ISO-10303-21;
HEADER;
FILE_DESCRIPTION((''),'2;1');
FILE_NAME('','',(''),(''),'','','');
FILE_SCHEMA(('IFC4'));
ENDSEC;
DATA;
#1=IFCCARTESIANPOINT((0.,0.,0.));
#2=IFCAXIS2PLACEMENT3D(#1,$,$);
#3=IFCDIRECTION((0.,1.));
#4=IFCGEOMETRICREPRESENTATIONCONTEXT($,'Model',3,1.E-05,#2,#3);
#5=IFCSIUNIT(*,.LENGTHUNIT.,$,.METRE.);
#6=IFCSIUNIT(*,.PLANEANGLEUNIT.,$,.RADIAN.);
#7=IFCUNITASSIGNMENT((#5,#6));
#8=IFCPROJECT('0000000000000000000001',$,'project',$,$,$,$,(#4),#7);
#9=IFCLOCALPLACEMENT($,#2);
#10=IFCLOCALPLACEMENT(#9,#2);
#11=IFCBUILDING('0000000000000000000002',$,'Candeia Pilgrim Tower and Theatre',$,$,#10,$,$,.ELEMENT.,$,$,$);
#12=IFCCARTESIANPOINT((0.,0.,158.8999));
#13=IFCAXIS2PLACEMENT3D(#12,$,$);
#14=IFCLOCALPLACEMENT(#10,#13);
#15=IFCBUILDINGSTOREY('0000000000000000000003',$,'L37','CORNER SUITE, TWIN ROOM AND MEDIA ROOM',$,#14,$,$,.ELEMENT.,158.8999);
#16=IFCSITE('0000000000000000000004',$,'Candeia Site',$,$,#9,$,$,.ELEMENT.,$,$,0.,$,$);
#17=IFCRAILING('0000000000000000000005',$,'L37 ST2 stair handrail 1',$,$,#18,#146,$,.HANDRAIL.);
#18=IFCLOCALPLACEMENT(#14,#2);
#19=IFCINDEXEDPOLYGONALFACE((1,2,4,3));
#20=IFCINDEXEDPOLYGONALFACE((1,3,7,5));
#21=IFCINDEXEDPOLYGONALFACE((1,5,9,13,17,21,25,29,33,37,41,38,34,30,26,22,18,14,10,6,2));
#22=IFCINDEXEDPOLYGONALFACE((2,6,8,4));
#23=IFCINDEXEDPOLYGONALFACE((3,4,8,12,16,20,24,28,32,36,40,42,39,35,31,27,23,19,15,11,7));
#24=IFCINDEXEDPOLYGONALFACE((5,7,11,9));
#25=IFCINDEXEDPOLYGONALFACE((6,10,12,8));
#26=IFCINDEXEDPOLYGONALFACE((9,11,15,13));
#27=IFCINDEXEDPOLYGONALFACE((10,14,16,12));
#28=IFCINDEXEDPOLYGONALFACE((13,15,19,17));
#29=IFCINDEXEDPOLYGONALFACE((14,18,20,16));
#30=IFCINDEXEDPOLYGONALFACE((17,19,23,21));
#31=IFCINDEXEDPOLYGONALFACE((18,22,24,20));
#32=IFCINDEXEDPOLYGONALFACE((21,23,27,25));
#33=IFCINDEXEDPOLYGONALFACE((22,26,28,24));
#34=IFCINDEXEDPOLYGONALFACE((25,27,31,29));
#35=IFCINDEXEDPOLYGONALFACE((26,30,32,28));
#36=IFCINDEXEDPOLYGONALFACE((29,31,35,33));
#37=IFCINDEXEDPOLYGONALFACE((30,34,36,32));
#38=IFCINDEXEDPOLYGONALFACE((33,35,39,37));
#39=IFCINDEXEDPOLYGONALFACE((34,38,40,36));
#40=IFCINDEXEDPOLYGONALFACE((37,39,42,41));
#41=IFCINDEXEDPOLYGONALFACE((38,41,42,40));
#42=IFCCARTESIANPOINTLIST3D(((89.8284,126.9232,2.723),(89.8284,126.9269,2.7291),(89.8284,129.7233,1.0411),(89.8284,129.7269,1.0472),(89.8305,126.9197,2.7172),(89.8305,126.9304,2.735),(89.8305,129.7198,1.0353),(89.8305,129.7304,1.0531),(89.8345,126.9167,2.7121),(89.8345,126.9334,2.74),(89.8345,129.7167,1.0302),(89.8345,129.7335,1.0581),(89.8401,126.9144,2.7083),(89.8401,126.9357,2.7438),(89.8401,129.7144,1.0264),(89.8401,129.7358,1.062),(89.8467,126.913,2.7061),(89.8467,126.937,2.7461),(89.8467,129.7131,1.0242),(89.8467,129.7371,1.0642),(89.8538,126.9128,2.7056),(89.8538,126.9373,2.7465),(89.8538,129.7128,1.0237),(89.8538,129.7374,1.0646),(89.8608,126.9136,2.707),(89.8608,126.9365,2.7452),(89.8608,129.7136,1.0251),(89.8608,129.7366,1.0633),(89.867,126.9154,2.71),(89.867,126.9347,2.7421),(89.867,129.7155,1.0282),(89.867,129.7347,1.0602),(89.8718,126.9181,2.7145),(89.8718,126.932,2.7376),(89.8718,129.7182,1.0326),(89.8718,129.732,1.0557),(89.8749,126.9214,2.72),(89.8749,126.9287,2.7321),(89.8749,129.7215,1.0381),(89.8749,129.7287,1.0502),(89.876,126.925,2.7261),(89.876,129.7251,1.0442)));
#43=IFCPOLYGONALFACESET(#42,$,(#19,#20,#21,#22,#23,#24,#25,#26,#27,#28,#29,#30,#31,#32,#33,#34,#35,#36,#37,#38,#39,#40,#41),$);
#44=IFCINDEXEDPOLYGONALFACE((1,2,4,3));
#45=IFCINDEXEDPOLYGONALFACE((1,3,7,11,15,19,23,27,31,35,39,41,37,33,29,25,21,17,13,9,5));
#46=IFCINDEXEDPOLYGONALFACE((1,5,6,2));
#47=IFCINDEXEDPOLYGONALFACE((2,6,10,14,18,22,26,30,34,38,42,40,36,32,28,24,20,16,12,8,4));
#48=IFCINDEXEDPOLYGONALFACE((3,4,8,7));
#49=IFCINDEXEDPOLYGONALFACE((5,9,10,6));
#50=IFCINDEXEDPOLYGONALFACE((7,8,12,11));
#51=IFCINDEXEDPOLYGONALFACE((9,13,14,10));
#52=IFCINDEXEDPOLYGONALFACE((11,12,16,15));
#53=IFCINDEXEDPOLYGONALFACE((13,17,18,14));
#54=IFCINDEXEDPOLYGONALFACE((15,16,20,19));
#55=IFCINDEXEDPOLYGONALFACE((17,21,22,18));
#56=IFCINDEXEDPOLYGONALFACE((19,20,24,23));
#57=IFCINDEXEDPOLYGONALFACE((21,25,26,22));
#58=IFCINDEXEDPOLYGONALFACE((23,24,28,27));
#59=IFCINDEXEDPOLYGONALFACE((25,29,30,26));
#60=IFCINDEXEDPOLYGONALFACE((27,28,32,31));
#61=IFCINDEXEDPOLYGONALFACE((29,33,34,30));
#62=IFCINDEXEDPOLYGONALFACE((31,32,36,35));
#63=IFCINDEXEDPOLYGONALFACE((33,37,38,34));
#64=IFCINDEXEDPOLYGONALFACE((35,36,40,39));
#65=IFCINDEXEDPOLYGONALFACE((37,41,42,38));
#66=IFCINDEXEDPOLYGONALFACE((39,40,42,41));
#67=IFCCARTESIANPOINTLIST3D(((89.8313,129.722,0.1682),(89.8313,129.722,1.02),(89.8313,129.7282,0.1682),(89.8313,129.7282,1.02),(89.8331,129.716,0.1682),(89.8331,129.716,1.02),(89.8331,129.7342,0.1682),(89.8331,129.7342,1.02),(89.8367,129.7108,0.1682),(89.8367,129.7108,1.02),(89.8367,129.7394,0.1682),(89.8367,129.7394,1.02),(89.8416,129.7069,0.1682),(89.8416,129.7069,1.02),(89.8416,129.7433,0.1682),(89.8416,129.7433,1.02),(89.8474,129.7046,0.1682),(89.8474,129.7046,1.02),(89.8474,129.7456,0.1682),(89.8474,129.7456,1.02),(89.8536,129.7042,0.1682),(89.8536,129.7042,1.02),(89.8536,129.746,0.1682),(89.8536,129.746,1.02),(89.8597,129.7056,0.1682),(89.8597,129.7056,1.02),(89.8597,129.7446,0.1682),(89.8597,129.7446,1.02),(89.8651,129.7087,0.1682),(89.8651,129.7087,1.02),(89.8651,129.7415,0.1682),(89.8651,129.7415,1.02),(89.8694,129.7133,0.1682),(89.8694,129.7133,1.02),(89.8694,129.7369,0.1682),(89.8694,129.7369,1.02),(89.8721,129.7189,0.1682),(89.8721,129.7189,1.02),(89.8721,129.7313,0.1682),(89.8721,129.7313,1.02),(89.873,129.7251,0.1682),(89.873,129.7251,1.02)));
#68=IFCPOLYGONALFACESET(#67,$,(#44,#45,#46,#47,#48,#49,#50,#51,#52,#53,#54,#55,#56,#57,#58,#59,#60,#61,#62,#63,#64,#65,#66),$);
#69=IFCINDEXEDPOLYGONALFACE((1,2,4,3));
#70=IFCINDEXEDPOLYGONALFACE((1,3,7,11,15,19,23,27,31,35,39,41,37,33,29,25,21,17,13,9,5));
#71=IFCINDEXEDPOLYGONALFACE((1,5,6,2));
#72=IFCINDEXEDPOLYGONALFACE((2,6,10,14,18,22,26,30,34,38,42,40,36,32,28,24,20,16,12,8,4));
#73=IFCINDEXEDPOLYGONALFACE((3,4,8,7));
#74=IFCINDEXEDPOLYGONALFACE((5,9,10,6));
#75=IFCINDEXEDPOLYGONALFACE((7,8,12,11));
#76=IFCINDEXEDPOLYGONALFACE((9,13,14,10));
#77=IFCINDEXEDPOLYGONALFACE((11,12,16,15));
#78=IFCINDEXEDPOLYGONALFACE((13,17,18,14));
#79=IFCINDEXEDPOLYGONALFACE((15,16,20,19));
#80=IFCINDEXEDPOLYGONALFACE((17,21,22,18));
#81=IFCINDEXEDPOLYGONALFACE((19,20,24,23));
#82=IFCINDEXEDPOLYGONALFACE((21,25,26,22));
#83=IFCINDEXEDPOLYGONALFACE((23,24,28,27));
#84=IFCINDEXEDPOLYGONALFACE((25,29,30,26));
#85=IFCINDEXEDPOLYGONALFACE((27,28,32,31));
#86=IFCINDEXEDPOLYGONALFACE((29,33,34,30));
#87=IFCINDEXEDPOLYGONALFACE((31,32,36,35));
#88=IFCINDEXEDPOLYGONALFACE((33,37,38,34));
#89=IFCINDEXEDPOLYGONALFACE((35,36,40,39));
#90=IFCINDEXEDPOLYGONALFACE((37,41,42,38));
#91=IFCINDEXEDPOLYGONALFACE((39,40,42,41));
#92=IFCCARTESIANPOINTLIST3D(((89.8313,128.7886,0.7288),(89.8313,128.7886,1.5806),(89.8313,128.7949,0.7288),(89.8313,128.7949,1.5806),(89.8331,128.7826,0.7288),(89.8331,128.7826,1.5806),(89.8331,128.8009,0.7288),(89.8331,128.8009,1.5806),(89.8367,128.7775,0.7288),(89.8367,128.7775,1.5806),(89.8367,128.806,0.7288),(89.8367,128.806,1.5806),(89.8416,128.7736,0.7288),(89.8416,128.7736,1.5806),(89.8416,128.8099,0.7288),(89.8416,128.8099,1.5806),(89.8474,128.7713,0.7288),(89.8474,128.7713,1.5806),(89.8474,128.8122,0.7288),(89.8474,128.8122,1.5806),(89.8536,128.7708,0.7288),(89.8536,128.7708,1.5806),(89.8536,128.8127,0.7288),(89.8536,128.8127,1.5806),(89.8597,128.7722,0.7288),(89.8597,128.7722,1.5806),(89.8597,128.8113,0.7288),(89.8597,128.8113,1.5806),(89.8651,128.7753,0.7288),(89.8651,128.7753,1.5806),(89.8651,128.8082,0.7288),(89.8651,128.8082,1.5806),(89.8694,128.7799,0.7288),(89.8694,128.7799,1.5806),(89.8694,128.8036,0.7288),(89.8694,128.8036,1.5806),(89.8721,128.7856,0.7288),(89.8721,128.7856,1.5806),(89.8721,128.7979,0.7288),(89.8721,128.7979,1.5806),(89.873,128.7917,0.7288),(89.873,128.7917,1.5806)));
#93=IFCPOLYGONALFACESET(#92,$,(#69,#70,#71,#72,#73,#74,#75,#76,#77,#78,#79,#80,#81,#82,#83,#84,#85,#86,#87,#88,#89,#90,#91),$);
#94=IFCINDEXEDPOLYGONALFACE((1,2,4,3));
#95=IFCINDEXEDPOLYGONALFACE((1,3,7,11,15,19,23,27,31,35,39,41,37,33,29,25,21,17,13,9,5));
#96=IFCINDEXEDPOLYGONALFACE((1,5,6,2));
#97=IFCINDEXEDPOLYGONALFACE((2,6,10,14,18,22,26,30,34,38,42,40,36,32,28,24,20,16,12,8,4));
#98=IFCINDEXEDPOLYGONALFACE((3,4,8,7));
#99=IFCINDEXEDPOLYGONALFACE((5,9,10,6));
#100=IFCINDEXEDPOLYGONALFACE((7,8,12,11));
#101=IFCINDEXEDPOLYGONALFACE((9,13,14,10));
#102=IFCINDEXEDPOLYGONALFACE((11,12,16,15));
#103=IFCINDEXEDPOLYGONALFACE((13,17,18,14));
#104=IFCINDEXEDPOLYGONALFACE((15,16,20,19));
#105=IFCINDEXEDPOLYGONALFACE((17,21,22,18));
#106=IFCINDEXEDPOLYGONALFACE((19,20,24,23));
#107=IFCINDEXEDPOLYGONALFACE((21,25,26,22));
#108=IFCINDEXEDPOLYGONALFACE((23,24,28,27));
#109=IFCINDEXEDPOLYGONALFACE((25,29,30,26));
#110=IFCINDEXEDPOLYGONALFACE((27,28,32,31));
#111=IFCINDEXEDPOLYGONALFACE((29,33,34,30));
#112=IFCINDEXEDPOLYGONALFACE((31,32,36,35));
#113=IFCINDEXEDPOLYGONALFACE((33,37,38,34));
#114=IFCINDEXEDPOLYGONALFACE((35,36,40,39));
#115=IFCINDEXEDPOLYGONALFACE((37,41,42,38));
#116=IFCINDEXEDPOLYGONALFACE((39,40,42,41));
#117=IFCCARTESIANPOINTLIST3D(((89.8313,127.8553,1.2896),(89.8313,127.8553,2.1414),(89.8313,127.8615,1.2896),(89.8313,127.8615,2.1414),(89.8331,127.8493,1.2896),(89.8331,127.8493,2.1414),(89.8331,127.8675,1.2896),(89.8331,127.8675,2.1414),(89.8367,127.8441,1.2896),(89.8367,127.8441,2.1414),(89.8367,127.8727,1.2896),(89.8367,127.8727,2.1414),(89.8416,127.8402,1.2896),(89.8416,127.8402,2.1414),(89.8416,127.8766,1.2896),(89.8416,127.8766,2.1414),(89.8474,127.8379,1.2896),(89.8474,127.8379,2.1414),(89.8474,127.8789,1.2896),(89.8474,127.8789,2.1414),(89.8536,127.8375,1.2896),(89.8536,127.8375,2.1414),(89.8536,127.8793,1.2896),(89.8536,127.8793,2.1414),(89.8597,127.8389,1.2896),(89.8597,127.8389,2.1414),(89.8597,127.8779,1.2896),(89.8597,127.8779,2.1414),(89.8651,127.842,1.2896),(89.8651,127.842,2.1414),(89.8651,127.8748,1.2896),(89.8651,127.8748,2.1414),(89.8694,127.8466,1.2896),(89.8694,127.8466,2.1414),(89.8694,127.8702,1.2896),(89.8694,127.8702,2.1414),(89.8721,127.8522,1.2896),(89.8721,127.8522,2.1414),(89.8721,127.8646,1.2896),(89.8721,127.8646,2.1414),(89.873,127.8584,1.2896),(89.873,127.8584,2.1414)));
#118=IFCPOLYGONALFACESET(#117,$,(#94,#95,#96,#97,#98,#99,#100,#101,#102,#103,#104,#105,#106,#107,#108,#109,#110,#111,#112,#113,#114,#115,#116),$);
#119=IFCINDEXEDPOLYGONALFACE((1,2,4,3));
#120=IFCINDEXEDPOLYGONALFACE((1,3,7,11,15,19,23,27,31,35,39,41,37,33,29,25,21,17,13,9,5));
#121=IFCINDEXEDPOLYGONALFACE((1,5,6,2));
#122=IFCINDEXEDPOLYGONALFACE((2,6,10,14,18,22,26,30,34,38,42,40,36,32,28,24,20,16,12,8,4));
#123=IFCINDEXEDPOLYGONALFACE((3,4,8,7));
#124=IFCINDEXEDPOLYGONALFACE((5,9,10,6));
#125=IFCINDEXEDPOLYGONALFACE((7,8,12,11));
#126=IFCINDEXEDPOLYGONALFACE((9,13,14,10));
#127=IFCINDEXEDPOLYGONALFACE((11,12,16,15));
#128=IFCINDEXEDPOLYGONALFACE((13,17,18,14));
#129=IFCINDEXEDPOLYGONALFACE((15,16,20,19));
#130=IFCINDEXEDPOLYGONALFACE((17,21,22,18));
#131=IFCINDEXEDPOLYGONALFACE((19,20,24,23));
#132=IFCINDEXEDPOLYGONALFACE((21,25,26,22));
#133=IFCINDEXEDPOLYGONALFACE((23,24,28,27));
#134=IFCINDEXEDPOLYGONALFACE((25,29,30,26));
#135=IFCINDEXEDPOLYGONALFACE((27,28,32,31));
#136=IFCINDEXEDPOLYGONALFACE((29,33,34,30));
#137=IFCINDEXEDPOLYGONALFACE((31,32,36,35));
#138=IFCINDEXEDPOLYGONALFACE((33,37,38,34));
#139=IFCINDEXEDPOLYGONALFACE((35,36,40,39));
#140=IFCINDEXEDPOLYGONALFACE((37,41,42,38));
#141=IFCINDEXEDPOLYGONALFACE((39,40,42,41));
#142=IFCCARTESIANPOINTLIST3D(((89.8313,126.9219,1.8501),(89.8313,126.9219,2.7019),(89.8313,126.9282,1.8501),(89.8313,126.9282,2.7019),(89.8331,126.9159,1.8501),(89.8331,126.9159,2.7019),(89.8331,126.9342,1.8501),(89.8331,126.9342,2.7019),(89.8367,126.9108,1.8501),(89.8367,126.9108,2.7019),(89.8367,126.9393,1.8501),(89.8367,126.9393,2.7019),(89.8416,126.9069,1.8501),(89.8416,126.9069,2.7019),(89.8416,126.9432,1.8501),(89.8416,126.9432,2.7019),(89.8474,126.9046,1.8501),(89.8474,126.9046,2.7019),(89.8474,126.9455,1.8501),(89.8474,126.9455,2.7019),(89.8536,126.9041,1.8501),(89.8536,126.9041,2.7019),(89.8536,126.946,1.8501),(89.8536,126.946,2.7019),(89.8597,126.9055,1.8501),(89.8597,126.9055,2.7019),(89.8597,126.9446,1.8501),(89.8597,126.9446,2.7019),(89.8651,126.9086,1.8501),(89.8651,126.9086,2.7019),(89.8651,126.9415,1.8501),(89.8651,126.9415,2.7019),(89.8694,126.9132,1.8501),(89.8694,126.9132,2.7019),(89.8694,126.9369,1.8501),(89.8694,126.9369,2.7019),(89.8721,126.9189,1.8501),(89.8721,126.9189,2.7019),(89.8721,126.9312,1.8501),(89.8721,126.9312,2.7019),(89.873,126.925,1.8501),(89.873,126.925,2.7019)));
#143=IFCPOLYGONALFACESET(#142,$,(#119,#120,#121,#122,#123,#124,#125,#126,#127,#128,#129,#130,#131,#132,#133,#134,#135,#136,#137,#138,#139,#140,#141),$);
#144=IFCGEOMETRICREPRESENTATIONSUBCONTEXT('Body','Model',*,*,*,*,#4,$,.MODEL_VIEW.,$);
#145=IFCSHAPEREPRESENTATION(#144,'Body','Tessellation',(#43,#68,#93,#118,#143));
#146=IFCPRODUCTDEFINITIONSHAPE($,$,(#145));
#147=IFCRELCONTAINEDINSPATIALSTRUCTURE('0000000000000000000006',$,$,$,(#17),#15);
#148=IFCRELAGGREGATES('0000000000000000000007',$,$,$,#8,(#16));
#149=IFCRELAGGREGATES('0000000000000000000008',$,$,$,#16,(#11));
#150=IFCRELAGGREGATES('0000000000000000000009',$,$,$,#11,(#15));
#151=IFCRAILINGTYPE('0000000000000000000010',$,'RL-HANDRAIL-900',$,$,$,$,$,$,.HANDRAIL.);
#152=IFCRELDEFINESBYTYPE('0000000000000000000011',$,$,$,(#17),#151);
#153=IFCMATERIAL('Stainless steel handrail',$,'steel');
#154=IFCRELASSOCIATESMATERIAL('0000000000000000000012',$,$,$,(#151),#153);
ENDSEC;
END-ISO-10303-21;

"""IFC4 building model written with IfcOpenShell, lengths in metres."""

from ifc_helpers import new_model, si_unit, direction, frame, origin, origin_2d, place, context, subcontext, project, spatial, circle, extrude, material, type_object, element, save


model = new_model("IFC4")

# Units and contexts
model_context = context("Model", 3, precision=1e-05, world=origin(), true_north=direction((0.0, 1.0)))
body_context = subcontext(model_context, "Body", "Model", "MODEL_VIEW")
ifc_project = project(units=[si_unit("LENGTHUNIT", "METRE"), si_unit("PLANEANGLEUNIT", "RADIAN")], contexts=[model_context])

# Site, building, storey
site_placement = place(None, origin())
site = spatial("IfcSite", under=ifc_project, at=site_placement, Name="Candeia Site", CompositionType="ELEMENT", RefElevation=0.0)
building_placement = place(site_placement, origin())
building = spatial("IfcBuilding", under=site, at=building_placement, Name="Candeia Pilgrim Tower and Theatre", CompositionType="ELEMENT")
storey_placement = place(building_placement, frame((0.0, 0.0, 158.8999)))
storey = spatial("IfcBuildingStorey", under=building, at=storey_placement, Name="L37", Description="CORNER SUITE, TWIN ROOM AND MEDIA ROOM", CompositionType="ELEMENT", Elevation=158.8999)

# Railing
ifc_material_1 = material(Name="Stainless steel handrail", Category="steel")
railing_type_1 = type_object("IfcRailingType", Name="RL-HANDRAIL-900", PredefinedType="HANDRAIL", material=ifc_material_1)
for number, where, name in (
    (1, (89.8521, 129.7251, 0.1682), "L37 ST2 stair handrail 1"),
):
    element("IfcRailing", number, at=place(storey_placement, frame(where)), inside=storey, type_object=railing_type_1, Name=name, PredefinedType="HANDRAIL", context=body_context, shape_type="SweptSolid", body=[
        extrude(circle(Radius=0.0239, at=origin_2d()), frame((0.0, 0.0, 0.876), z_axis=(0.0, -0.857242, 0.514913), x_axis=(1.0, 0.0, 0.0)), (0.0, 0.0, 1.0), 3.2664),
        extrude(circle(Radius=0.021, at=origin_2d()), origin(), (0.0, 0.0, 1.0), 0.8518),
        extrude(circle(Radius=0.021, at=origin_2d()), frame((0.0, -0.9333, 0.5605)), (0.0, 0.0, 1.0), 0.8518),
        extrude(circle(Radius=0.021, at=origin_2d()), frame((0.0, -1.8667, 1.1213)), (0.0, 0.0, 1.0), 0.8518),
        extrude(circle(Radius=0.021, at=origin_2d()), frame((0.0, -2.8, 1.6819)), (0.0, 0.0, 1.0), 0.8518),
    ])

save(model, "model.ifc")
